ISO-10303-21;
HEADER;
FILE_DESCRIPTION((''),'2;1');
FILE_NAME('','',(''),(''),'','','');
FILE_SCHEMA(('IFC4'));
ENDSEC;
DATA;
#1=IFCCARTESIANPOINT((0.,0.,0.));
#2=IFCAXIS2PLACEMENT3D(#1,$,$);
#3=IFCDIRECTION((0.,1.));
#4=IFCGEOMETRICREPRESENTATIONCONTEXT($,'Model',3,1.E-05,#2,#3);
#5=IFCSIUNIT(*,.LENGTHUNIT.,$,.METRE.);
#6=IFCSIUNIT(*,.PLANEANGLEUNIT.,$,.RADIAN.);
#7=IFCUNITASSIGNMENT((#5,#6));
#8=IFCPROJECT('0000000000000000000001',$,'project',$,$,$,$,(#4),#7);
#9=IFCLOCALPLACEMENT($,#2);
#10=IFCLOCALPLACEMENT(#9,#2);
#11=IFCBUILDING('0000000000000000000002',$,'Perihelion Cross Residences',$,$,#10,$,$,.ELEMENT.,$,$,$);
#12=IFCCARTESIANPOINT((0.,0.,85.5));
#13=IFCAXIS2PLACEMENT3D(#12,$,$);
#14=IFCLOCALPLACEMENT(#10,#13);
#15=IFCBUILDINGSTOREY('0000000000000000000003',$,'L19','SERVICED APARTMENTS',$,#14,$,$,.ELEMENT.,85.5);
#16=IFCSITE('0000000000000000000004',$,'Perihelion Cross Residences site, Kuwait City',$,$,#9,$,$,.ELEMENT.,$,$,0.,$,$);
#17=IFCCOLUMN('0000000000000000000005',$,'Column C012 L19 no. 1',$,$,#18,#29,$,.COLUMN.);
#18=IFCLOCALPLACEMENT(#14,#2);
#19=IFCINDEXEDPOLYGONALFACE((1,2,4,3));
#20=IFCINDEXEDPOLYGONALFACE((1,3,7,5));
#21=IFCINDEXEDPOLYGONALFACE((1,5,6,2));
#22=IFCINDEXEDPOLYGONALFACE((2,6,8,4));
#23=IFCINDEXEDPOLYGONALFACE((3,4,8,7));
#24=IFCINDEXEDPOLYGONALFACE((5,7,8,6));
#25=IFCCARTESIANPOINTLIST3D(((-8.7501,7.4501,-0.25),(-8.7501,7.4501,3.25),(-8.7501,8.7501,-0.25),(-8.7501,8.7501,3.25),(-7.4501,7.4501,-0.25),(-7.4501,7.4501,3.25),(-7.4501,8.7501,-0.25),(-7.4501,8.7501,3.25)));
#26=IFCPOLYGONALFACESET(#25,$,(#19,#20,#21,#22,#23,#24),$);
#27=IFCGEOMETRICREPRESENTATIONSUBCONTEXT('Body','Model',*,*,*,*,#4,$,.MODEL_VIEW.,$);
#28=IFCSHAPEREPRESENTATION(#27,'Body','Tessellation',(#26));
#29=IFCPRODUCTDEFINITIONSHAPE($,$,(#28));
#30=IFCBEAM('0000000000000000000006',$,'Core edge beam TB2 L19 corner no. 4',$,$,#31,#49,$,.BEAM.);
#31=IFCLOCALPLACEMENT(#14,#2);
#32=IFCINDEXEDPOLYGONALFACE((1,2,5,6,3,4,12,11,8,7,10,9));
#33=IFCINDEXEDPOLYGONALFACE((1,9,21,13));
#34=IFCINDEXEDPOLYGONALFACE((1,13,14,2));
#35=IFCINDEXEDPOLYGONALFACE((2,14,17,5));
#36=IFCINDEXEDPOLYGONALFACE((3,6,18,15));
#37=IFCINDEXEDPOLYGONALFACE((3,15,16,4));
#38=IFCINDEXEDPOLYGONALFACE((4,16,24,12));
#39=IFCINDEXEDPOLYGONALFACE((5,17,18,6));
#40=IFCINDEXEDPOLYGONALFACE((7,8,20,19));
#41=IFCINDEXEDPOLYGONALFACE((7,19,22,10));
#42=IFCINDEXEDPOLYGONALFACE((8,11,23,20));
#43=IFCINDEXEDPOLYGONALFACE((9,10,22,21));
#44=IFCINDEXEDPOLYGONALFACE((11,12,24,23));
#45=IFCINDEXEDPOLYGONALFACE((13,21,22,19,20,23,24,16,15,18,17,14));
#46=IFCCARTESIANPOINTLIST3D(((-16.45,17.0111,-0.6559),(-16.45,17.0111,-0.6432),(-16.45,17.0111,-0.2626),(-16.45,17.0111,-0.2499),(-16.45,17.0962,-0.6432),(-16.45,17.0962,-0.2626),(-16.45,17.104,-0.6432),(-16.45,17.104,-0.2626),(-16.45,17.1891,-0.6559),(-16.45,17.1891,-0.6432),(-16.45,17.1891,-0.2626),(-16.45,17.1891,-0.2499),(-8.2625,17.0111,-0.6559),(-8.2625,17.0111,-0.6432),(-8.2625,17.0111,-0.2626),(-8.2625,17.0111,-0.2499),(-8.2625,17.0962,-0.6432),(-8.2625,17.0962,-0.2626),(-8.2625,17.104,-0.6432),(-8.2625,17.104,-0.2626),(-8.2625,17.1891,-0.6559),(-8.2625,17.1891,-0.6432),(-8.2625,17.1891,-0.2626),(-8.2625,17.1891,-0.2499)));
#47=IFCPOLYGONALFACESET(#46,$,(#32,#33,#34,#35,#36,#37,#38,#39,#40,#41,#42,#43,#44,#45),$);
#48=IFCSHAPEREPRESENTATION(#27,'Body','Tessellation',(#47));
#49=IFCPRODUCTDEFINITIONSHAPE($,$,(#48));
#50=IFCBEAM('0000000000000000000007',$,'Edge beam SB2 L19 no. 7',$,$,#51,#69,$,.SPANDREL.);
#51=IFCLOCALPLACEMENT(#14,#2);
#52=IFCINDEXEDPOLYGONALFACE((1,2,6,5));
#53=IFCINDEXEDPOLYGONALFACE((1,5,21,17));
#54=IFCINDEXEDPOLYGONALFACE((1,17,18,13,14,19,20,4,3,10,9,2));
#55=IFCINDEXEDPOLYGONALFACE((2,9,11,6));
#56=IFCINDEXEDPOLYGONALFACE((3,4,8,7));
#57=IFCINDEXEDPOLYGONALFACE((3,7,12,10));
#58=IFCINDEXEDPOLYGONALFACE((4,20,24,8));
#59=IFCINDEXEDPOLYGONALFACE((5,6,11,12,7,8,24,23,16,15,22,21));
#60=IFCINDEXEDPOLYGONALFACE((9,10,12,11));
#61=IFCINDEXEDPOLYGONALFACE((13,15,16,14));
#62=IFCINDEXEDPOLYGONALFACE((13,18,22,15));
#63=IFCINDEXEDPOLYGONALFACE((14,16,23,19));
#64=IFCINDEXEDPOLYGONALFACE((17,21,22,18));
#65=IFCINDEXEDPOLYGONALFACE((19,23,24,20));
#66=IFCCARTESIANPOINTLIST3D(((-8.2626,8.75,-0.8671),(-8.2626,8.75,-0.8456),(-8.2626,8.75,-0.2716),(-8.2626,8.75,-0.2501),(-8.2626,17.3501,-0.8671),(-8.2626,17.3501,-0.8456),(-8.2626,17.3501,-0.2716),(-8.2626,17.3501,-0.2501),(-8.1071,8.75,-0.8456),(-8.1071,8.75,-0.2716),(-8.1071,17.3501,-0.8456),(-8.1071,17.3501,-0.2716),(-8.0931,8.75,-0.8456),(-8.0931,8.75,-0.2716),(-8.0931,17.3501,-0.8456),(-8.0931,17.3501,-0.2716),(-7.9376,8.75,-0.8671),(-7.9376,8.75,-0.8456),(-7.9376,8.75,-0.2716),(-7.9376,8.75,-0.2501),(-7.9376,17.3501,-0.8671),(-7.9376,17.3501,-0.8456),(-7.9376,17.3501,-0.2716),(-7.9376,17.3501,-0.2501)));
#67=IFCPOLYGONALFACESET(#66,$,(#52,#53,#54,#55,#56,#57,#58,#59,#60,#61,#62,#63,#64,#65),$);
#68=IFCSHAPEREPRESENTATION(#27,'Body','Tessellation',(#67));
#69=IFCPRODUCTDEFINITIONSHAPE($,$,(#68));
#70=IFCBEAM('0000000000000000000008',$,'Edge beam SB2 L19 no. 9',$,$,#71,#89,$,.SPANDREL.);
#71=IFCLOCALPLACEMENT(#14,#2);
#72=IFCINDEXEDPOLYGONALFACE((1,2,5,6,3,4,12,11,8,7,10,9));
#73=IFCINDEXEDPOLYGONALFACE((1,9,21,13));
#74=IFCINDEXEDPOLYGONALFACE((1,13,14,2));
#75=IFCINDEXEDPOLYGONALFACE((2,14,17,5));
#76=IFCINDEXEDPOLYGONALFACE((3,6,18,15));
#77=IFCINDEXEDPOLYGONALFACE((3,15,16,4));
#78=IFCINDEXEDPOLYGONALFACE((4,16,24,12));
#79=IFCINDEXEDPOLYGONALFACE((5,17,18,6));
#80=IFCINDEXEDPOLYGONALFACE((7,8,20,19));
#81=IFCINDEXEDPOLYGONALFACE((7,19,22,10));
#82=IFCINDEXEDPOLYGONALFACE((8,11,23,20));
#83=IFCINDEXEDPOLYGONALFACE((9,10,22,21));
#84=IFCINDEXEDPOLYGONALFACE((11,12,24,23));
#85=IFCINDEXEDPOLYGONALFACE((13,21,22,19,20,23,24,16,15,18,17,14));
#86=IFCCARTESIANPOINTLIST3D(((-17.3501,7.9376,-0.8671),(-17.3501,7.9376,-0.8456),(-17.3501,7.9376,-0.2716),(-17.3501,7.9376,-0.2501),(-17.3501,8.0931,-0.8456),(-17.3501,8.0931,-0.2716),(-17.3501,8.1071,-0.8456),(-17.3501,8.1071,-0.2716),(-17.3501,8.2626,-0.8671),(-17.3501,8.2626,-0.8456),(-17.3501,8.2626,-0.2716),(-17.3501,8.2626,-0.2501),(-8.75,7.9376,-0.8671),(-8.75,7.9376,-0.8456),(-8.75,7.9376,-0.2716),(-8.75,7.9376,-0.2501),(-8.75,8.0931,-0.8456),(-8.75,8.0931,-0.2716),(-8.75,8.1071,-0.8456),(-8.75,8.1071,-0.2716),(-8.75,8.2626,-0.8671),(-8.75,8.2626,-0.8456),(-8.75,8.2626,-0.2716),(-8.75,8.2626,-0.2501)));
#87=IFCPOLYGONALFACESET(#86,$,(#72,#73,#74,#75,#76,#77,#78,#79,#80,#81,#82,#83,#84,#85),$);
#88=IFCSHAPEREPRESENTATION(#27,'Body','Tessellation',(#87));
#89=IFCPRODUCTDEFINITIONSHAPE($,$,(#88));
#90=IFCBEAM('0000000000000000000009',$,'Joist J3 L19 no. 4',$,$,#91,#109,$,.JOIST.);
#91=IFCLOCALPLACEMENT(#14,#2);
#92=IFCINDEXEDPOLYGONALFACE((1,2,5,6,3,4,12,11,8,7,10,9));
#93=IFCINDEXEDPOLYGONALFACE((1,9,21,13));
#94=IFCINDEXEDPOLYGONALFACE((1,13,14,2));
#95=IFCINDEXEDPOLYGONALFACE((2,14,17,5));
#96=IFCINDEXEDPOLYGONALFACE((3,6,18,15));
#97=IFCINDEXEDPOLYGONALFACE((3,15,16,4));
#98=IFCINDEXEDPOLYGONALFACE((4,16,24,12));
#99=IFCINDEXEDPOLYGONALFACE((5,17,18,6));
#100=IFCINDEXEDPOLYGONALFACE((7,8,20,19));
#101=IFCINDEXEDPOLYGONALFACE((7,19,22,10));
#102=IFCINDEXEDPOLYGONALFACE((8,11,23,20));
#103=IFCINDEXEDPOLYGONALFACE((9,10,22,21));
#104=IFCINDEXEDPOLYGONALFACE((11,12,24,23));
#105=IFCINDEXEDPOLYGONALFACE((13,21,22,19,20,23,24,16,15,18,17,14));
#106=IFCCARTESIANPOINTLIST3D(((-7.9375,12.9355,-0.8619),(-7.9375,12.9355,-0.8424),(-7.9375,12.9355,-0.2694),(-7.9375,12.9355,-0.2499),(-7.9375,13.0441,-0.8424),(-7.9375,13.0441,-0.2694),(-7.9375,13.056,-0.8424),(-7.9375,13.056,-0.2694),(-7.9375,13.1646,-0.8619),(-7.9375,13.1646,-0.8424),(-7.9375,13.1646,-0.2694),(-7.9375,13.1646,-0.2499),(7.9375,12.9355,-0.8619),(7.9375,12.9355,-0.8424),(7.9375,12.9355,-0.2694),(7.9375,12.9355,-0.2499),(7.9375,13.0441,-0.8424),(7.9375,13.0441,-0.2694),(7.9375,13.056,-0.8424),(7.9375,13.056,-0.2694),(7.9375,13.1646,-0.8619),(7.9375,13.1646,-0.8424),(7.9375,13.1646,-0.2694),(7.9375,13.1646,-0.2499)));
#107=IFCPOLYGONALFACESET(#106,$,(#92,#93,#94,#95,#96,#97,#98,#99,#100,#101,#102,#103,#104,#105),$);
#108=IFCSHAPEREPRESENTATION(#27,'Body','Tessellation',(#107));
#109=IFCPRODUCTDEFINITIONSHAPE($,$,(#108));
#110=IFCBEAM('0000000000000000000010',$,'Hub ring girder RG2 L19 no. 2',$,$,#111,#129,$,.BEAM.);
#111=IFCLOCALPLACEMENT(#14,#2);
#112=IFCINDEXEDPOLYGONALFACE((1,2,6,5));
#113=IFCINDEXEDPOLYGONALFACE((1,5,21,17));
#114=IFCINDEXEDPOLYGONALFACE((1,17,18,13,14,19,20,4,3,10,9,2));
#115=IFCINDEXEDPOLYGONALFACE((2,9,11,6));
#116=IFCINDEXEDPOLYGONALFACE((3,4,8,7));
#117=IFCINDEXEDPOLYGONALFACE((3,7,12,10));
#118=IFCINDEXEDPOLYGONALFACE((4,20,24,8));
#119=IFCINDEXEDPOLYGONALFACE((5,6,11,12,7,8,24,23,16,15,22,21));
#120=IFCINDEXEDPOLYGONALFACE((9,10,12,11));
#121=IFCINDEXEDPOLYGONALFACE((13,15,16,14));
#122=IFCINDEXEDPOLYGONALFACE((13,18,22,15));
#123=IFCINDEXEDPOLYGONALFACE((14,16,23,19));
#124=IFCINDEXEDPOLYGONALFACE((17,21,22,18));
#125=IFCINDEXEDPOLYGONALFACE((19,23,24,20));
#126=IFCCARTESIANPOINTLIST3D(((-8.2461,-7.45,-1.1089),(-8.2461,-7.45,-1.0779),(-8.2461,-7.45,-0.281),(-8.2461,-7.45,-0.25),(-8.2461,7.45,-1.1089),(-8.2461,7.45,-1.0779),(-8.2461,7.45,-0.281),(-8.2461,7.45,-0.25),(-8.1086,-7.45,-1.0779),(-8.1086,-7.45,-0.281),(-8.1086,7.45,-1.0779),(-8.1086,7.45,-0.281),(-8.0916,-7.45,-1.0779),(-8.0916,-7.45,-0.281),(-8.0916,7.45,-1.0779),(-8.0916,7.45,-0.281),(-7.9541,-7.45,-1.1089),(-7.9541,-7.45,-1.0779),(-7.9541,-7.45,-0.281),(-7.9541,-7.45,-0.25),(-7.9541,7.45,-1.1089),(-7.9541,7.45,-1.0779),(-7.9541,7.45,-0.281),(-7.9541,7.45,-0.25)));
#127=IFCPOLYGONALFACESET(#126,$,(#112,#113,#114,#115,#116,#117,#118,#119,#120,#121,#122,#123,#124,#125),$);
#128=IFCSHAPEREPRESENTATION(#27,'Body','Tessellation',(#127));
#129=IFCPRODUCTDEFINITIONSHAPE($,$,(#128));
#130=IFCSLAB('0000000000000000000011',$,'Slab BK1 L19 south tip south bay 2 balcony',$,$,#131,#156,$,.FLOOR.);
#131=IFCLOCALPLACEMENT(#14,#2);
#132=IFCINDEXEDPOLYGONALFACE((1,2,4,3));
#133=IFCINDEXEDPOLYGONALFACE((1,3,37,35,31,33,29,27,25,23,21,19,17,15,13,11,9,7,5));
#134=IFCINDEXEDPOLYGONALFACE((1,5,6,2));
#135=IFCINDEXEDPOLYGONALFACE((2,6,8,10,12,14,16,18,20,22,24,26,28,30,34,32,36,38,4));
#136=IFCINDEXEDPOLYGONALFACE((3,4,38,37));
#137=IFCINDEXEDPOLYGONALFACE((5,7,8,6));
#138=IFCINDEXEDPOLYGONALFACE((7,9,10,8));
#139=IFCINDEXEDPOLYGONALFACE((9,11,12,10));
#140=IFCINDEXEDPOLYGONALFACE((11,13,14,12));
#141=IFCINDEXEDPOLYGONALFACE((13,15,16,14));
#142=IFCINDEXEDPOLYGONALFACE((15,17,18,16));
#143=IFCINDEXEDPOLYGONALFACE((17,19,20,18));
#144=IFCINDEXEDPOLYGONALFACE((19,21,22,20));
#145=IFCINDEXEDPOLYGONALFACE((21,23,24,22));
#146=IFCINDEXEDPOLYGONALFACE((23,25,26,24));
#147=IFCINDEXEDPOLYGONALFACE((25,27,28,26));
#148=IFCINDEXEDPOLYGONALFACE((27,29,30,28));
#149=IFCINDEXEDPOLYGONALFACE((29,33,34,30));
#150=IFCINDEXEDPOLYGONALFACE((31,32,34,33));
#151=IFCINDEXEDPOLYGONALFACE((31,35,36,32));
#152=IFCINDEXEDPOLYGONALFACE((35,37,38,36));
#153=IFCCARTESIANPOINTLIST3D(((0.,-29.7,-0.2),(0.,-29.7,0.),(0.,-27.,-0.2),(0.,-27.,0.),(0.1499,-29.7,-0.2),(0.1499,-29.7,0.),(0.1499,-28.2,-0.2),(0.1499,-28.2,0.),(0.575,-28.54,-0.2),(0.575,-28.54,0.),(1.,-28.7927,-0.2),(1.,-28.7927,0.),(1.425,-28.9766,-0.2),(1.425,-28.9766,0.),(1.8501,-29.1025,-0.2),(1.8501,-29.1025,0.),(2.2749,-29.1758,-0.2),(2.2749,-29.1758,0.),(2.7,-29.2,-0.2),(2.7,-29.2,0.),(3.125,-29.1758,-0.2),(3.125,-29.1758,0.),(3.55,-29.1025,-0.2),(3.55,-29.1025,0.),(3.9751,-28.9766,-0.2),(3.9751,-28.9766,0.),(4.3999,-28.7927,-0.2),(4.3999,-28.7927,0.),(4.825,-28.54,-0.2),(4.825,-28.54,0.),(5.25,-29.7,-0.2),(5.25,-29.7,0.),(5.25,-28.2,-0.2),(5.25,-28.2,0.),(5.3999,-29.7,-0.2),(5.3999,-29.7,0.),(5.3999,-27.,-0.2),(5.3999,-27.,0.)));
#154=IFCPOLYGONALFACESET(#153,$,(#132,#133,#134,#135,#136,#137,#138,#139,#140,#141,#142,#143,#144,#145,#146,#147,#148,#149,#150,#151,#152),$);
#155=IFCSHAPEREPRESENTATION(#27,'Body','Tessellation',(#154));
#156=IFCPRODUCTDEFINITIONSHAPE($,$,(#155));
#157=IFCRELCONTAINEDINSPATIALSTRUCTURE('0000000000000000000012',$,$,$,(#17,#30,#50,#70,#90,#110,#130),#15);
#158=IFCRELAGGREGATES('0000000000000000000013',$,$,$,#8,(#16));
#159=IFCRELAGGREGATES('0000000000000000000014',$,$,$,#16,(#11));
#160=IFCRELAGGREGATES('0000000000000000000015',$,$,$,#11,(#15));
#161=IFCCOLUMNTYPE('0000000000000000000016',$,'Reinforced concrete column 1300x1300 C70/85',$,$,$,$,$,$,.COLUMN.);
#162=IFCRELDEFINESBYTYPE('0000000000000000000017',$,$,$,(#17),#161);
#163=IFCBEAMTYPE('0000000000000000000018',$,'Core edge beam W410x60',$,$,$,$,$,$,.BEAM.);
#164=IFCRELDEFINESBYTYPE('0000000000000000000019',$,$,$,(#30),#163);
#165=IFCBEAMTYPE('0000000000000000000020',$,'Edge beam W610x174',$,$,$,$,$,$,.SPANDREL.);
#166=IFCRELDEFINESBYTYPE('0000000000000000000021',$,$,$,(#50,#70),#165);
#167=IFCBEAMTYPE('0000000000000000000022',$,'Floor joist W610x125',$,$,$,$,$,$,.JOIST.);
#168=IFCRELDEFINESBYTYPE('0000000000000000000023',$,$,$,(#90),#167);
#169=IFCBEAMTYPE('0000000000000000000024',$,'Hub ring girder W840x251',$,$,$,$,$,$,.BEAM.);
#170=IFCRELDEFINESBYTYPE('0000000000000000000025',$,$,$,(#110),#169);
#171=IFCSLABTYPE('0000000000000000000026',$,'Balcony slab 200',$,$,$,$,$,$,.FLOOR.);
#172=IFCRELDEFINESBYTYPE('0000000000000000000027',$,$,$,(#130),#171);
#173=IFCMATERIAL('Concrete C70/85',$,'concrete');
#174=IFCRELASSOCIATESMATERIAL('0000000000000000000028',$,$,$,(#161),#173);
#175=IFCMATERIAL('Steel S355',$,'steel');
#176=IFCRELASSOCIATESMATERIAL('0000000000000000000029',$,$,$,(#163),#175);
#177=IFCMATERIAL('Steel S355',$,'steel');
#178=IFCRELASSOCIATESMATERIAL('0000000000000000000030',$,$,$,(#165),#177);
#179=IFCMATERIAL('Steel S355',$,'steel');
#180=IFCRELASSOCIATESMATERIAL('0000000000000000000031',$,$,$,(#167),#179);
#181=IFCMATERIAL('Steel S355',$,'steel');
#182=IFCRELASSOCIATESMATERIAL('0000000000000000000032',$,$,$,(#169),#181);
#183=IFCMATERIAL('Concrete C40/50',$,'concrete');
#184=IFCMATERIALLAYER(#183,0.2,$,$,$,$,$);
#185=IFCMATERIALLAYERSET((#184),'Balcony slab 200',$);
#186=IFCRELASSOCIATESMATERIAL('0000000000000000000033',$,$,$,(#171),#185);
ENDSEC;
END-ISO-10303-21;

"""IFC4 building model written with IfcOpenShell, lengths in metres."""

from ifc_helpers import new_model, si_unit, direction, frame, origin, origin_2d, place, context, subcontext, project, spatial, polyline, rectangle, i_section, outline, extrude, material, layer, layer_set, material_profile, profile_set, type_object, element, save


model = new_model("IFC4")

# Units and contexts
model_context = context("Model", 3, precision=1e-05, world=origin(), true_north=direction((0.0, 1.0)))
body_context = subcontext(model_context, "Body", "Model", "MODEL_VIEW")
ifc_project = project(units=[si_unit("LENGTHUNIT", "METRE"), si_unit("PLANEANGLEUNIT", "RADIAN")], contexts=[model_context])

# Site, building, storey
site_placement = place(None, origin())
site = spatial("IfcSite", under=ifc_project, at=site_placement, Name="Perihelion Cross Residences site, Kuwait City", CompositionType="ELEMENT", RefElevation=0.0)
building_placement = place(site_placement, origin())
building = spatial("IfcBuilding", under=site, at=building_placement, Name="Perihelion Cross Residences", CompositionType="ELEMENT")
storey_placement = place(building_placement, frame((0.0, 0.0, 85.5)))
storey = spatial("IfcBuildingStorey", under=building, at=storey_placement, Name="L19", Description="SERVICED APARTMENTS", CompositionType="ELEMENT", Elevation=85.5)

# Column
ifc_material_1 = material(Name="Concrete C70/85", Category="concrete")
ifc_material_profile_1 = material_profile(ifc_material_1, rectangle(XDim=1.3, YDim=1.3, at=origin_2d()), Name="RC 1300x1300")
ifc_profile_set_1 = profile_set([ifc_material_profile_1], Name="Concrete C70/85")
column_type = type_object("IfcColumnType", Name="Reinforced concrete column 1300x1300 C70/85", PredefinedType="COLUMN", material=ifc_profile_set_1)
column_placement = place(storey_placement, frame((-8.1001, 8.1001, -0.25), z_axis=(0.0, 0.0, 1.0), x_axis=(1.0, 0.0, 0.0)))
element("IfcColumn", 1, at=column_placement, inside=storey, type_object=column_type, Name="Column C012 L19 no. 1", PredefinedType="COLUMN", context=body_context, shape_type="SweptSolid", body=[
    extrude(rectangle(XDim=1.3, YDim=1.3, at=origin_2d()), origin(), (0.0, 0.0, 1.0), 3.5),
])

# Beams
ifc_material_2 = material(Name="Steel S355", Category="steel")
ifc_material_profile_2 = material_profile(ifc_material_2, i_section(OverallWidth=0.178, OverallDepth=0.406, WebThickness=0.0078, FlangeThickness=0.0127, at=origin_2d()), Name="W410x60")
ifc_profile_set_2 = profile_set([ifc_material_profile_2], Name="Steel S355")
beam_type_1 = type_object("IfcBeamType", Name="Core edge beam W410x60", PredefinedType="BEAM", material=ifc_profile_set_2)
beam_1_placement = place(storey_placement, frame((-8.2625, 17.1001, -0.4529), z_axis=(-1.0, 0.0, 0.0), x_axis=(0.0, -1.0, 0.0)))
element("IfcBeam", 2, at=beam_1_placement, inside=storey, type_object=beam_type_1, Name="Core edge beam TB2 L19 corner no. 4", PredefinedType="BEAM", context=body_context, shape_type="SweptSolid", body=[
    extrude(i_section(OverallWidth=0.178, OverallDepth=0.406, WebThickness=0.0078, FlangeThickness=0.0127, at=origin_2d()), origin(), (0.0, 0.0, 1.0), 8.1875),
])
ifc_material_3 = material(Name="Steel S355", Category="steel")
ifc_material_profile_3 = material_profile(ifc_material_3, i_section(OverallWidth=0.325, OverallDepth=0.6169, WebThickness=0.0139, FlangeThickness=0.0215, at=origin_2d()), Name="W610x174")
ifc_profile_set_3 = profile_set([ifc_material_profile_3], Name="Steel S355")
beam_type_2 = type_object("IfcBeamType", Name="Edge beam W610x174", PredefinedType="SPANDREL", material=ifc_profile_set_3)
for number, where, z_axis, x_axis, name in (
    (3, (-8.1001, 17.3501, -0.5586), (0.0, -1.0, 0.0), (1.0, 0.0, 0.0), "Edge beam SB2 L19 no. 7"),
    (4, (-8.75, 8.1001, -0.5586), (-1.0, 0.0, 0.0), (0.0, -1.0, 0.0), "Edge beam SB2 L19 no. 9"),
):
    element("IfcBeam", number, at=place(storey_placement, frame(where, z_axis=z_axis, x_axis=x_axis)), inside=storey, type_object=beam_type_2, Name=name, PredefinedType="SPANDREL", context=body_context, shape_type="SweptSolid", body=[
        extrude(i_section(OverallWidth=0.325, OverallDepth=0.6169, WebThickness=0.0139, FlangeThickness=0.0215, at=origin_2d()), origin(), (0.0, 0.0, 1.0), 8.6001),
    ])
ifc_material_4 = material(Name="Steel S355", Category="steel")
ifc_material_profile_4 = material_profile(ifc_material_4, i_section(OverallWidth=0.229, OverallDepth=0.6121, WebThickness=0.012, FlangeThickness=0.0195, at=origin_2d()), Name="W610x125")
ifc_profile_set_4 = profile_set([ifc_material_profile_4], Name="Steel S355")
beam_type_3 = type_object("IfcBeamType", Name="Floor joist W610x125", PredefinedType="JOIST", material=ifc_profile_set_4)
beam_2_placement = place(storey_placement, frame((-7.9375, 13.05, -0.5559), z_axis=(1.0, 0.0, 0.0), x_axis=(0.0, 1.0, 0.0)))
element("IfcBeam", 5, at=beam_2_placement, inside=storey, type_object=beam_type_3, Name="Joist J3 L19 no. 4", PredefinedType="JOIST", context=body_context, shape_type="SweptSolid", body=[
    extrude(i_section(OverallWidth=0.229, OverallDepth=0.6121, WebThickness=0.012, FlangeThickness=0.0195, at=origin_2d()), origin(), (0.0, 0.0, 1.0), 15.875),
])
ifc_material_5 = material(Name="Steel S355", Category="steel")
ifc_material_profile_5 = material_profile(ifc_material_5, i_section(OverallWidth=0.292, OverallDepth=0.8589, WebThickness=0.0171, FlangeThickness=0.031, at=origin_2d()), Name="W840x251")
ifc_profile_set_5 = profile_set([ifc_material_profile_5], Name="Steel S355")
beam_type_4 = type_object("IfcBeamType", Name="Hub ring girder W840x251", PredefinedType="BEAM", material=ifc_profile_set_5)
beam_3_placement = place(storey_placement, frame((-8.1001, 7.45, -0.6794), z_axis=(0.0, -1.0, 0.0), x_axis=(1.0, 0.0, 0.0)))
element("IfcBeam", 6, at=beam_3_placement, inside=storey, type_object=beam_type_4, Name="Hub ring girder RG2 L19 no. 2", PredefinedType="BEAM", context=body_context, shape_type="SweptSolid", body=[
    extrude(i_section(OverallWidth=0.292, OverallDepth=0.8589, WebThickness=0.0171, FlangeThickness=0.031, at=origin_2d()), origin(), (0.0, 0.0, 1.0), 14.8999),
])

# Slab
ifc_material_6 = material(Name="Concrete C40/50", Category="concrete")
ifc_layer_1 = layer(ifc_material_6, 0.2)
ifc_layer_set_1 = layer_set([ifc_layer_1], Name="Balcony slab 200")
slab_type_1 = type_object("IfcSlabType", Name="Balcony slab 200", PredefinedType="FLOOR", material=ifc_layer_set_1)
slab_1_placement = place(storey_placement, frame((0.0, 0.0, -0.2)))
element("IfcSlab", 7, at=slab_1_placement, inside=storey, type_object=slab_type_1, Name="Slab BK1 L19 south tip south bay 2 balcony", PredefinedType="FLOOR", context=body_context, shape_type="SweptSolid", body=[
    extrude(outline(polyline([(0.0, -27.0), (5.3999, -27.0), (5.3999, -29.7), (5.25, -29.7), (5.25, -28.2), (4.825, -28.54), (4.3999, -28.7927), (3.9751, -28.9766), (3.55, -29.1025), (3.125, -29.1758), (2.7, -29.2), (2.2749, -29.1758), (1.8501, -29.1025), (1.425, -28.9766), (1.0, -28.7927), (0.575, -28.54), (0.1499, -28.2), (0.1499, -29.7), (0.0, -29.7), (0.0, -27.0)])), origin(), (0.0, 0.0, 1.0), 0.2),
])

save(model, "model.ifc")
